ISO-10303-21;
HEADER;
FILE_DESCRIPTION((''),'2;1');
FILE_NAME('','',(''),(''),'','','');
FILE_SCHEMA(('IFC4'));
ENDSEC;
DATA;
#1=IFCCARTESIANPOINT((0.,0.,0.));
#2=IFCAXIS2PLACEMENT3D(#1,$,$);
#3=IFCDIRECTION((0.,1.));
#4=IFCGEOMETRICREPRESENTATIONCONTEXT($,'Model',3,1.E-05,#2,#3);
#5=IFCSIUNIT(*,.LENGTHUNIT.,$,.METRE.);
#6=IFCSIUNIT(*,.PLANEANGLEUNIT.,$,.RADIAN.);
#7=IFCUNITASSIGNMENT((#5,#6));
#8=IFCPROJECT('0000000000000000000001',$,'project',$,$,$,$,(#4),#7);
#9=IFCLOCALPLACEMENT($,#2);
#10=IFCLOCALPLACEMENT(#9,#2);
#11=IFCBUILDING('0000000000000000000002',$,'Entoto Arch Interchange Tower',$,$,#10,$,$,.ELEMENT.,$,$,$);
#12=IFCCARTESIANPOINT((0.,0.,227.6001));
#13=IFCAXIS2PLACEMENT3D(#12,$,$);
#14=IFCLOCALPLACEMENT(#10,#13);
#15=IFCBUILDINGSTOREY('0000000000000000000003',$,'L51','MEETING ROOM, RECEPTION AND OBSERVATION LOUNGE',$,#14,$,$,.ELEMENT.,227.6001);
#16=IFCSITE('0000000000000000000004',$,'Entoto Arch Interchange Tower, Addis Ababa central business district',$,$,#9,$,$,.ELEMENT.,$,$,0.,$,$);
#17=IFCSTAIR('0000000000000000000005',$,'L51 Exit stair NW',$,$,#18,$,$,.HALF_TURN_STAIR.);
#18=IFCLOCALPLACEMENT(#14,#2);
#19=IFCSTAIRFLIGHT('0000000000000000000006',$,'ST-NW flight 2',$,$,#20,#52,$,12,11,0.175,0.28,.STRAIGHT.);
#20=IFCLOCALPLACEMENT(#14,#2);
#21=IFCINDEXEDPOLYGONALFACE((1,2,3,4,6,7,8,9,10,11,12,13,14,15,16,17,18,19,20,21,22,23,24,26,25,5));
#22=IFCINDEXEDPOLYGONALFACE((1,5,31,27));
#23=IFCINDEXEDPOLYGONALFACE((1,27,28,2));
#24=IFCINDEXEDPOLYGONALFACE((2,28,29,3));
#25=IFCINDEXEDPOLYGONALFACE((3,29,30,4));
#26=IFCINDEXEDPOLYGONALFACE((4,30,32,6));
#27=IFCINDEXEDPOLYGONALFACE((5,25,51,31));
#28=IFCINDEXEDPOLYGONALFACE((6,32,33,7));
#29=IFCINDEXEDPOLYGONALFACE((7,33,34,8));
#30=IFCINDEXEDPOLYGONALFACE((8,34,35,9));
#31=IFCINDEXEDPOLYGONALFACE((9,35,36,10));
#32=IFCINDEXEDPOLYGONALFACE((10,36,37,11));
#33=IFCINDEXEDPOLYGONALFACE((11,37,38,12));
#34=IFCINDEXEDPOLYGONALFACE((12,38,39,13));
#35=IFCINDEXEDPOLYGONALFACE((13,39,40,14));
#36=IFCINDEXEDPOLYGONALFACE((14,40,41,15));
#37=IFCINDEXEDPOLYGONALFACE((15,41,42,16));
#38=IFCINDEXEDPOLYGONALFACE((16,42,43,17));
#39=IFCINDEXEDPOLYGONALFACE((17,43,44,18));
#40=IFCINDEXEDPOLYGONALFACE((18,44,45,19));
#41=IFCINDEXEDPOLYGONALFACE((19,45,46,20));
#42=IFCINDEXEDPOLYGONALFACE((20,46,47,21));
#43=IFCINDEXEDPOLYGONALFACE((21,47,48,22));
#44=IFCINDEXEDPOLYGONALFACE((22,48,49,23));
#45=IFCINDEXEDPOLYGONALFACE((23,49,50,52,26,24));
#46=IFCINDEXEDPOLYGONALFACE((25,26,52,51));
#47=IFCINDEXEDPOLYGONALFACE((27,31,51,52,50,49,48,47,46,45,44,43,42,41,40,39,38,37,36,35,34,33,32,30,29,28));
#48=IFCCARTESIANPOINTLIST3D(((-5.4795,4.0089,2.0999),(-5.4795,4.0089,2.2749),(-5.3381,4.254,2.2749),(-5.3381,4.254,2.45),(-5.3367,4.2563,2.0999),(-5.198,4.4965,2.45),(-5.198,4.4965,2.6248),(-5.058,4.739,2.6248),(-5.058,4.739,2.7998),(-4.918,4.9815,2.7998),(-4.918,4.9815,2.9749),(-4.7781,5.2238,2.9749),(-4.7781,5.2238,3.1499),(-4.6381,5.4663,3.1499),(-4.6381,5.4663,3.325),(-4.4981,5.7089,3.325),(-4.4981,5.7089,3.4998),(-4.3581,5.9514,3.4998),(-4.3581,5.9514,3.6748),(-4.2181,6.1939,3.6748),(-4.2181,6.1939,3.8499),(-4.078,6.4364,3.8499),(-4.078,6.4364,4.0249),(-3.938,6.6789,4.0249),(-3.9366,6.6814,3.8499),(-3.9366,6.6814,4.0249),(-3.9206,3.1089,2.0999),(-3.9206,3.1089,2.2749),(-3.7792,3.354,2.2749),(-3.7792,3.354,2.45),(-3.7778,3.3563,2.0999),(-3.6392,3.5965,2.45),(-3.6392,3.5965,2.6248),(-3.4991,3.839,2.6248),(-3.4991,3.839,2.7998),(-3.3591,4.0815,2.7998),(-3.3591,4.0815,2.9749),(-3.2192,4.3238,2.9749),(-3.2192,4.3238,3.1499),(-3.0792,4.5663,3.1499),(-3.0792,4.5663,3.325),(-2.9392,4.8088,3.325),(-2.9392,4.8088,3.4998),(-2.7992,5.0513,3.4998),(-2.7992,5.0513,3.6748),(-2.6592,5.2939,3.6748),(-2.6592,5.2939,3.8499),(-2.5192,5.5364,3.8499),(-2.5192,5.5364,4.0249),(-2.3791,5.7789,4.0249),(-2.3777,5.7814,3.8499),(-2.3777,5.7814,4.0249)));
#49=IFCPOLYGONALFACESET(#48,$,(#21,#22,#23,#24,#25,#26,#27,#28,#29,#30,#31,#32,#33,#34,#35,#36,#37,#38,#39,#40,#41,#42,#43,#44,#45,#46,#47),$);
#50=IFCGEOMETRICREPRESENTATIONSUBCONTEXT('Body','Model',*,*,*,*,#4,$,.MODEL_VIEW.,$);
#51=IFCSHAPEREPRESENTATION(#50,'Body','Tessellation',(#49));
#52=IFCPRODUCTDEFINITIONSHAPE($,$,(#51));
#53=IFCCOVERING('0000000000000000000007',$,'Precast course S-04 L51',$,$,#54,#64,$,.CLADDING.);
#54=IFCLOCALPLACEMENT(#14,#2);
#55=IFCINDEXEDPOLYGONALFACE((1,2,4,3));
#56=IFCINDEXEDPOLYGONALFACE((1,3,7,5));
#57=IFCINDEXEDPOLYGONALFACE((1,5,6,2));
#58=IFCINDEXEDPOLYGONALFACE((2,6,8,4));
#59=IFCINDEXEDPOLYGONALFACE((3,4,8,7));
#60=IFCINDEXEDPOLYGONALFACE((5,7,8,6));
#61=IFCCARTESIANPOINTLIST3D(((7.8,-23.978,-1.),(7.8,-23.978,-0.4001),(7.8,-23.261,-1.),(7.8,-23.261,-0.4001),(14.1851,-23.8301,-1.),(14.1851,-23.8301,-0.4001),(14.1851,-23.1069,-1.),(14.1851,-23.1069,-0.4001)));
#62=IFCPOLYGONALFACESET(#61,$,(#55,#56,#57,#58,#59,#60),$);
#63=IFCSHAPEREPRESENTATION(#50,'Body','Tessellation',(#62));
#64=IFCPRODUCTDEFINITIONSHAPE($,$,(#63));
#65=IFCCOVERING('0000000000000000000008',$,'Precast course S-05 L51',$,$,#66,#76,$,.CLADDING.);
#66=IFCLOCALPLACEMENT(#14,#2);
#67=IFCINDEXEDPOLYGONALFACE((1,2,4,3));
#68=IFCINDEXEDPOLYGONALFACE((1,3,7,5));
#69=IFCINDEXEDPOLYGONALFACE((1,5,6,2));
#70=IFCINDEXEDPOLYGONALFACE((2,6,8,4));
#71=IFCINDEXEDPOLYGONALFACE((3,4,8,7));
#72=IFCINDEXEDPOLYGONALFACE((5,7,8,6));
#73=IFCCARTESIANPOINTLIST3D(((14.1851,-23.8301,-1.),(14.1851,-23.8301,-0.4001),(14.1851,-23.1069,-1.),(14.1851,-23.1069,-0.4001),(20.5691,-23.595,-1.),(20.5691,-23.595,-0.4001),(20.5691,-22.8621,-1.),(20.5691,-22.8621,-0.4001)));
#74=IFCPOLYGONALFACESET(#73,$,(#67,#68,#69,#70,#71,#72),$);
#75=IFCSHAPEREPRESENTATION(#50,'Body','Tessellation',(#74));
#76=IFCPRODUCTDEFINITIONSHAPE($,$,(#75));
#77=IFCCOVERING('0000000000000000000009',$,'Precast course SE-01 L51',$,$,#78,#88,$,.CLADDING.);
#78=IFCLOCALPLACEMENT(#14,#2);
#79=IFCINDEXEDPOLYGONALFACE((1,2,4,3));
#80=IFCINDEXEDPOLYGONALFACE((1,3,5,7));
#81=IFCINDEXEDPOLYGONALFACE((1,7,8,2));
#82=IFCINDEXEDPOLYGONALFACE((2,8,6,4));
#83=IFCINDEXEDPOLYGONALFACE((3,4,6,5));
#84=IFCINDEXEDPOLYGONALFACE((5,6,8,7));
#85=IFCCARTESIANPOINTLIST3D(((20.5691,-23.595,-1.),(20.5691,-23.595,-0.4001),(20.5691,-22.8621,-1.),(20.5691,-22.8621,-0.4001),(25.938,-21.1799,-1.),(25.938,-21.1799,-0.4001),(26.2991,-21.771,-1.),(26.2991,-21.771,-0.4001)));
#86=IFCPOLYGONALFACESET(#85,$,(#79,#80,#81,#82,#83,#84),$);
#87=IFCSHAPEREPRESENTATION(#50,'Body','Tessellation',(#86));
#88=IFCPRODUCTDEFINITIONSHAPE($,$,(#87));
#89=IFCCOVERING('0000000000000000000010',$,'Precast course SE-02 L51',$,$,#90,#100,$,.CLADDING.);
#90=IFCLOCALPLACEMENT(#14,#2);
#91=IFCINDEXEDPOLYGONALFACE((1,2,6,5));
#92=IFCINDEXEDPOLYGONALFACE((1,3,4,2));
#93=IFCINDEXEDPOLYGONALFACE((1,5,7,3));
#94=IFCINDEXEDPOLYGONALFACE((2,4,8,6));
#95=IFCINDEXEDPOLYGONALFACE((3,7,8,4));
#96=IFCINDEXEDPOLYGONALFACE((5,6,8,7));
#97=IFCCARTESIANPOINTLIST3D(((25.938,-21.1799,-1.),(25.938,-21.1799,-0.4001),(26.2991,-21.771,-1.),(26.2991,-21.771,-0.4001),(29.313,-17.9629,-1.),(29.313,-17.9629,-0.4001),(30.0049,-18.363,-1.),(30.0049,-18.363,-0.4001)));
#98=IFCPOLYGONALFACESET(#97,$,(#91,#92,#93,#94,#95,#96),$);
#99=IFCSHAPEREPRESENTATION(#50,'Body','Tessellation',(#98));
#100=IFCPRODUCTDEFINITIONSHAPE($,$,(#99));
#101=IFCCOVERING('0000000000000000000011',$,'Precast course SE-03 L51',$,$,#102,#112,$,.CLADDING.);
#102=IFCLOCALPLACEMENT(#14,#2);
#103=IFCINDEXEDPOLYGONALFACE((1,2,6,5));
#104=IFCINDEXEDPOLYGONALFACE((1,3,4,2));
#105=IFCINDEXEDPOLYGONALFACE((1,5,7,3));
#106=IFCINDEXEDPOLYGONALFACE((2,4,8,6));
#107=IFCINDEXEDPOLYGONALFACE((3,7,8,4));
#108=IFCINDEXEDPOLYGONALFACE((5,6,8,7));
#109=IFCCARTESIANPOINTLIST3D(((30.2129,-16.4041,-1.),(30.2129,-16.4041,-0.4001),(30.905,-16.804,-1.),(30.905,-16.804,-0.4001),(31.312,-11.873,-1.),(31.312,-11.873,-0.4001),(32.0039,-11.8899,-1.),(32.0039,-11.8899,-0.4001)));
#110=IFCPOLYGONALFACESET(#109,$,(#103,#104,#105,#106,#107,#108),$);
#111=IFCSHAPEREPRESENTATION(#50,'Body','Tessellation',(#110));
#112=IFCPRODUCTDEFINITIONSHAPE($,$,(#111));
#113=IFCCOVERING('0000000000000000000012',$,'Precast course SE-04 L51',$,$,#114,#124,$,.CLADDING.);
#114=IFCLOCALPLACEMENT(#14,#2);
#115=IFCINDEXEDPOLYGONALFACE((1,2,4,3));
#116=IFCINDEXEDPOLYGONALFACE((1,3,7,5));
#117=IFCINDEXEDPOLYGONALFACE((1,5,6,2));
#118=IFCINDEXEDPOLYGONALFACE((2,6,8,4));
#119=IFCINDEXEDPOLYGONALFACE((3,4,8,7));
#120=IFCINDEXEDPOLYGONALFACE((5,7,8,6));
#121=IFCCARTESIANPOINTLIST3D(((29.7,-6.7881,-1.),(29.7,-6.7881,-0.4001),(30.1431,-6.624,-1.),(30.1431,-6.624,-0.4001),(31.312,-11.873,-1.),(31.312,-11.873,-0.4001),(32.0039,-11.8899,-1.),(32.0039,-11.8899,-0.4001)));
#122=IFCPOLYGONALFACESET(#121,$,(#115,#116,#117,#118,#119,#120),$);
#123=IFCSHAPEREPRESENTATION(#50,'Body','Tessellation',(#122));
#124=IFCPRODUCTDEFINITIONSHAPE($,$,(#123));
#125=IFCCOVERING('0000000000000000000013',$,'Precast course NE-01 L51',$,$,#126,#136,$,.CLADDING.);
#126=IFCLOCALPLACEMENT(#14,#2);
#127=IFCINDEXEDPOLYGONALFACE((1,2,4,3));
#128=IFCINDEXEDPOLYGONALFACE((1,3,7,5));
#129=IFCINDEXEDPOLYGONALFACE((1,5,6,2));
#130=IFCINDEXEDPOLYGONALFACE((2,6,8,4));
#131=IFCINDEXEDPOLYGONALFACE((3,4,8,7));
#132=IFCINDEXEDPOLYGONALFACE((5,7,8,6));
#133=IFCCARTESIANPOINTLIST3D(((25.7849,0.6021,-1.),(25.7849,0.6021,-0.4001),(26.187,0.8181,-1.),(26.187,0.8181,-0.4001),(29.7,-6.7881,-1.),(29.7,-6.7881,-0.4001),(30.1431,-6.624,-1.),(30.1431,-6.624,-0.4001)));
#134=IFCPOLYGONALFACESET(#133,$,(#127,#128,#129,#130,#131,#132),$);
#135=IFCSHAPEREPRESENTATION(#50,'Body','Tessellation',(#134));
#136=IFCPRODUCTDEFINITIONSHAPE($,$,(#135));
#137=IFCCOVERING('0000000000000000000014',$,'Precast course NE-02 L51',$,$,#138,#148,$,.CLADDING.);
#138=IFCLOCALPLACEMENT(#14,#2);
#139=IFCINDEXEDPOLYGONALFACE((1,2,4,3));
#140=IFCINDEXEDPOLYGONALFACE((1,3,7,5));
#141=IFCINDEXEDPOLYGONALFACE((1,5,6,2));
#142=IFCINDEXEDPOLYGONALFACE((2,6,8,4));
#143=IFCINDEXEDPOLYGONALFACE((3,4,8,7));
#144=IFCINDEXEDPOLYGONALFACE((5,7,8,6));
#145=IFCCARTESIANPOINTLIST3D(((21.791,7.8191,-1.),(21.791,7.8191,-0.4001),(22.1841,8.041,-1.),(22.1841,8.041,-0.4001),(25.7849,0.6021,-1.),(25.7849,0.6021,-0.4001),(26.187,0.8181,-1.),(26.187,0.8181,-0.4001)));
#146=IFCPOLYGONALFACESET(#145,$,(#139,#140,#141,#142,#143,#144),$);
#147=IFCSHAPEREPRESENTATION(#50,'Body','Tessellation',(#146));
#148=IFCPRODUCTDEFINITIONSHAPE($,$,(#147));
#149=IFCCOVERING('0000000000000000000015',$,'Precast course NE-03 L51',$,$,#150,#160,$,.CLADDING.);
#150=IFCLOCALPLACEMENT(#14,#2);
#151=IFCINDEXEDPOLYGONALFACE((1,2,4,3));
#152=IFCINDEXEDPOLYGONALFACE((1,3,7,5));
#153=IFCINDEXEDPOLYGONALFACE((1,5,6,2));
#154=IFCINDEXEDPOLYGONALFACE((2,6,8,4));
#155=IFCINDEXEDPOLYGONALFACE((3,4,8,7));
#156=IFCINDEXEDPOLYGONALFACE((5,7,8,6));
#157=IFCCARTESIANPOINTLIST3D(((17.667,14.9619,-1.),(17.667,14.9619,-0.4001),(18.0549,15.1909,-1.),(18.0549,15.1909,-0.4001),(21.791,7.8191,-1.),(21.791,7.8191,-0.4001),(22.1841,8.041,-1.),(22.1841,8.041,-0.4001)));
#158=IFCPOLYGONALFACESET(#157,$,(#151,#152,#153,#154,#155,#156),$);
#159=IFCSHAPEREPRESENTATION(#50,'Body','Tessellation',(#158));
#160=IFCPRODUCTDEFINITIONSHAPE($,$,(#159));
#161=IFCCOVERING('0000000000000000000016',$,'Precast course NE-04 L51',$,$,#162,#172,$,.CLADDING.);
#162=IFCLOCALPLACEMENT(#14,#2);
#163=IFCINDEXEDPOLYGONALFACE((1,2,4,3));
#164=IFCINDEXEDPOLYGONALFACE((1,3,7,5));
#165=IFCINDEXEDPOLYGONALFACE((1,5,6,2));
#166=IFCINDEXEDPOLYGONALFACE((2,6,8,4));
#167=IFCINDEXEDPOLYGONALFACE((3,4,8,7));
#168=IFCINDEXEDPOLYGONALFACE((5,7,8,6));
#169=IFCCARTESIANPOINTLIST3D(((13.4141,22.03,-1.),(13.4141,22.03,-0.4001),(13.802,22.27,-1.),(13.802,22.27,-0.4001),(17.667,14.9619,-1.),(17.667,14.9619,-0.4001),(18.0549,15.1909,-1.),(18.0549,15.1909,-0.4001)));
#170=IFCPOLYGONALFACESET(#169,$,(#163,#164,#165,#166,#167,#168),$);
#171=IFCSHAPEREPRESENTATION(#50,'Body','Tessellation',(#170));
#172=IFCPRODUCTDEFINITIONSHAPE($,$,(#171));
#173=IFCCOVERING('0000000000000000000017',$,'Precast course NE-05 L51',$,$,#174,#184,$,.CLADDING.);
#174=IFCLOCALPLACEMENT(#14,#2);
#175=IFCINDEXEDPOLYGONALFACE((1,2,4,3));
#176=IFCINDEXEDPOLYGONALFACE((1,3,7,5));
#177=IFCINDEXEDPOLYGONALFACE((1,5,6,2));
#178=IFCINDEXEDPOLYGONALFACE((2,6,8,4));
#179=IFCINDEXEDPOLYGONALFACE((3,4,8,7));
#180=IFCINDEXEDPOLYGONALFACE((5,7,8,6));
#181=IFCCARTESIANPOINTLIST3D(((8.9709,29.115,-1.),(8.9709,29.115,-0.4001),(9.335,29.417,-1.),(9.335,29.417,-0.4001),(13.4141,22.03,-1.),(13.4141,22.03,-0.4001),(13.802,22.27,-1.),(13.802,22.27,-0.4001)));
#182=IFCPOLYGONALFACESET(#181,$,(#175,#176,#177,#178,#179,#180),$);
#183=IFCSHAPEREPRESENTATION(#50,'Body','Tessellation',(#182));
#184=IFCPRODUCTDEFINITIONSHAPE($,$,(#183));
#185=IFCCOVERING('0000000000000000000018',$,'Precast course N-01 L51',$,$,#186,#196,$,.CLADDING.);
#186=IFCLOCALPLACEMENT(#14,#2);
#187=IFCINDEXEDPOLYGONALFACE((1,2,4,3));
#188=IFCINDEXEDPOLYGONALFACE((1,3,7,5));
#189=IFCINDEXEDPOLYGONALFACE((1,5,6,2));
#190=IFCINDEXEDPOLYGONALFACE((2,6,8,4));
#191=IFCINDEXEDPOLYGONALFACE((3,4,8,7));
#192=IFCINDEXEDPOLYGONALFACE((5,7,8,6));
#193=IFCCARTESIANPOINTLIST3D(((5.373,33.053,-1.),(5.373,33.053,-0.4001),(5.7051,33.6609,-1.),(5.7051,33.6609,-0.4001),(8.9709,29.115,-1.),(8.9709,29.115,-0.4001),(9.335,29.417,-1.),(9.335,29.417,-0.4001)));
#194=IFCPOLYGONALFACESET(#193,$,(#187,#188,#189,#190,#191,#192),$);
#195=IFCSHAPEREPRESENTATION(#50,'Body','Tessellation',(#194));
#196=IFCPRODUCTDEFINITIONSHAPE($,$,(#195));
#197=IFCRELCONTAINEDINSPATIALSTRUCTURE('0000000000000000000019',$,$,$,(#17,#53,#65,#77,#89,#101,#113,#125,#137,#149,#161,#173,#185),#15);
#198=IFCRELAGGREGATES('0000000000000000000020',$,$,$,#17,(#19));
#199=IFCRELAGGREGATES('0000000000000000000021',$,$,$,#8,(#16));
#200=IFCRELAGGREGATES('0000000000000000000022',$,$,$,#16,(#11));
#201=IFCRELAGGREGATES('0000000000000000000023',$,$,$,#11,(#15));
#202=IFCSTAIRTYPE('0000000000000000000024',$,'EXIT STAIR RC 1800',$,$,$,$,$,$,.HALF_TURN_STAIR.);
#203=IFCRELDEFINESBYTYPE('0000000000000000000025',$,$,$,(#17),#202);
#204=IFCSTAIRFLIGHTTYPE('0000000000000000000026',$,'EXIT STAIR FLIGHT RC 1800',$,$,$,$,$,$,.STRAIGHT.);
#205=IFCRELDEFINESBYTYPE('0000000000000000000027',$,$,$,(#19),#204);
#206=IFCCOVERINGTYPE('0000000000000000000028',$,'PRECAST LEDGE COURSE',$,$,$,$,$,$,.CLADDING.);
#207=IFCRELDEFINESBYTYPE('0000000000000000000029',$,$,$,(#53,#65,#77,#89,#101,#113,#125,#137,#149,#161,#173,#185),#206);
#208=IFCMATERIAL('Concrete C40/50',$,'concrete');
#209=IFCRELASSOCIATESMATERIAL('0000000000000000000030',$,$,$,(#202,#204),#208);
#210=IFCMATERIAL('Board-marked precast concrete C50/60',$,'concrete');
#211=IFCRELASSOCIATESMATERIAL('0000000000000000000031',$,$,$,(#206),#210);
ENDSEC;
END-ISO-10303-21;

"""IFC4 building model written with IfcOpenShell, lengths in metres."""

from ifc_helpers import new_model, si_unit, direction, frame, origin, place, context, subcontext, project, spatial, polyline, outline, extrude, material, type_object, element, aggregate, save


model = new_model("IFC4")

# Units and contexts
model_context = context("Model", 3, precision=1e-05, world=origin(), true_north=direction((0.0, 1.0)))
body_context = subcontext(model_context, "Body", "Model", "MODEL_VIEW")
ifc_project = project(units=[si_unit("LENGTHUNIT", "METRE"), si_unit("PLANEANGLEUNIT", "RADIAN")], contexts=[model_context])

# Site, building, storey
site_placement = place(None, origin())
site = spatial("IfcSite", under=ifc_project, at=site_placement, Name="Entoto Arch Interchange Tower, Addis Ababa central business district", CompositionType="ELEMENT", RefElevation=0.0)
building_placement = place(site_placement, origin())
building = spatial("IfcBuilding", under=site, at=building_placement, Name="Entoto Arch Interchange Tower", CompositionType="ELEMENT")
storey_placement = place(building_placement, frame((0.0, 0.0, 227.6001)))
storey = spatial("IfcBuildingStorey", under=building, at=storey_placement, Name="L51", Description="MEETING ROOM, RECEPTION AND OBSERVATION LOUNGE", CompositionType="ELEMENT", Elevation=227.6001)

# Shared definitions
ifc_material_1 = material(Name="Concrete C40/50", Category="concrete")

# Stair, stair flight
stair_type = type_object("IfcStairType", Name="EXIT STAIR RC 1800", PredefinedType="HALF_TURN_STAIR", material=ifc_material_1)
stair_placement = place(storey_placement, origin())
stair = element("IfcStair", 1, at=stair_placement, inside=storey, type_object=stair_type, Name="L51 Exit stair NW", PredefinedType="HALF_TURN_STAIR")
stair_flight_type = type_object("IfcStairFlightType", Name="EXIT STAIR FLIGHT RC 1800", PredefinedType="STRAIGHT", material=ifc_material_1)
stair_flight_1_placement = place(storey_placement, frame((-4.6987, 3.5615, 2.0999), z_axis=(0.0, 0.0, 1.0), x_axis=(0.5, 0.866025, 0.0)))
stair_flight_1 = element("IfcStairFlight", 2, at=stair_flight_1_placement, type_object=stair_flight_type, Name="ST-NW flight 2", NumberOfRisers=12, NumberOfTreads=11, PredefinedType="STRAIGHT", RiserHeight=0.175, TreadLength=0.28, context=body_context, shape_type="SweptSolid", body=[
    extrude(outline(polyline([(-0.0029, 0.0), (-0.0029, 0.175), (0.28, 0.175), (0.28, 0.3501), (0.5601, 0.3501), (0.5601, 0.5249), (0.8401, 0.5249), (0.8401, 0.7), (1.1201, 0.7), (1.1201, 0.875), (1.3999, 0.875), (1.3999, 1.05), (1.6799, 1.05), (1.6799, 1.2251), (1.96, 1.2251), (1.96, 1.3999), (2.24, 1.3999), (2.24, 1.575), (2.52, 1.575), (2.52, 1.75), (2.8, 1.75), (2.8, 1.925), (3.0801, 1.925), (3.083, 1.925), (3.083, 1.75), (0.2827, 0.0), (-0.0029, 0.0)])), frame((0.0, 0.8999, 0.0), z_axis=(0.0, -1.0, 0.0), x_axis=(1.0, 0.0, 0.0)), (0.0, 0.0, 1.0), 1.8),
])
aggregate(stair, [stair_flight_1])

# Coverings
ifc_material_2 = material(Name="Board-marked precast concrete C50/60", Category="concrete")
covering_type = type_object("IfcCoveringType", Name="PRECAST LEDGE COURSE", PredefinedType="CLADDING", material=ifc_material_2)
covering_1_placement = place(storey_placement, frame((0.0, 0.0, -1.0)))
element("IfcCovering", 3, at=covering_1_placement, inside=storey, type_object=covering_type, Name="Precast course S-04 L51", PredefinedType="CLADDING", context=body_context, shape_type="SweptSolid", body=[
    extrude(outline(polyline([(14.1851, -23.1069), (14.1851, -23.8301), (7.8, -23.978), (7.8, -23.261), (14.1851, -23.1069)])), origin(), (0.0, 0.0, 1.0), 0.5999),
])
covering_2_placement = place(storey_placement, frame((0.0, 0.0, -1.0)))
element("IfcCovering", 4, at=covering_2_placement, inside=storey, type_object=covering_type, Name="Precast course S-05 L51", PredefinedType="CLADDING", context=body_context, shape_type="SweptSolid", body=[
    extrude(outline(polyline([(20.5691, -22.8621), (20.5691, -23.595), (14.1851, -23.8301), (14.1851, -23.1069), (20.5691, -22.8621)])), origin(), (0.0, 0.0, 1.0), 0.5999),
])
covering_3_placement = place(storey_placement, frame((0.0, 0.0, -1.0)))
element("IfcCovering", 5, at=covering_3_placement, inside=storey, type_object=covering_type, Name="Precast course SE-01 L51", PredefinedType="CLADDING", context=body_context, shape_type="SweptSolid", body=[
    extrude(outline(polyline([(25.938, -21.1799), (26.2991, -21.771), (20.5691, -23.595), (20.5691, -22.8621), (25.938, -21.1799)])), origin(), (0.0, 0.0, 1.0), 0.5999),
])
covering_4_placement = place(storey_placement, frame((0.0, 0.0, -1.0)))
element("IfcCovering", 6, at=covering_4_placement, inside=storey, type_object=covering_type, Name="Precast course SE-02 L51", PredefinedType="CLADDING", context=body_context, shape_type="SweptSolid", body=[
    extrude(outline(polyline([(29.313, -17.9629), (30.0049, -18.363), (26.2991, -21.771), (25.938, -21.1799), (29.313, -17.9629)])), origin(), (0.0, 0.0, 1.0), 0.5999),
])
covering_5_placement = place(storey_placement, frame((0.0, 0.0, -1.0)))
element("IfcCovering", 7, at=covering_5_placement, inside=storey, type_object=covering_type, Name="Precast course SE-03 L51", PredefinedType="CLADDING", context=body_context, shape_type="SweptSolid", body=[
    extrude(outline(polyline([(31.312, -11.873), (32.0039, -11.8899), (30.905, -16.804), (30.2129, -16.4041), (31.312, -11.873)])), origin(), (0.0, 0.0, 1.0), 0.5999),
])
covering_6_placement = place(storey_placement, frame((0.0, 0.0, -1.0)))
element("IfcCovering", 8, at=covering_6_placement, inside=storey, type_object=covering_type, Name="Precast course SE-04 L51", PredefinedType="CLADDING", context=body_context, shape_type="SweptSolid", body=[
    extrude(outline(polyline([(29.7, -6.7881), (30.1431, -6.624), (32.0039, -11.8899), (31.312, -11.873), (29.7, -6.7881)])), origin(), (0.0, 0.0, 1.0), 0.5999),
])
covering_7_placement = place(storey_placement, frame((0.0, 0.0, -1.0)))
element("IfcCovering", 9, at=covering_7_placement, inside=storey, type_object=covering_type, Name="Precast course NE-01 L51", PredefinedType="CLADDING", context=body_context, shape_type="SweptSolid", body=[
    extrude(outline(polyline([(25.7849, 0.6021), (26.187, 0.8181), (30.1431, -6.624), (29.7, -6.7881), (25.7849, 0.6021)])), origin(), (0.0, 0.0, 1.0), 0.5999),
])
covering_8_placement = place(storey_placement, frame((0.0, 0.0, -1.0)))
element("IfcCovering", 10, at=covering_8_placement, inside=storey, type_object=covering_type, Name="Precast course NE-02 L51", PredefinedType="CLADDING", context=body_context, shape_type="SweptSolid", body=[
    extrude(outline(polyline([(21.791, 7.8191), (22.1841, 8.041), (26.187, 0.8181), (25.7849, 0.6021), (21.791, 7.8191)])), origin(), (0.0, 0.0, 1.0), 0.5999),
])
covering_9_placement = place(storey_placement, frame((0.0, 0.0, -1.0)))
element("IfcCovering", 11, at=covering_9_placement, inside=storey, type_object=covering_type, Name="Precast course NE-03 L51", PredefinedType="CLADDING", context=body_context, shape_type="SweptSolid", body=[
    extrude(outline(polyline([(17.667, 14.9619), (18.0549, 15.1909), (22.1841, 8.041), (21.791, 7.8191), (17.667, 14.9619)])), origin(), (0.0, 0.0, 1.0), 0.5999),
])
covering_10_placement = place(storey_placement, frame((0.0, 0.0, -1.0)))
element("IfcCovering", 12, at=covering_10_placement, inside=storey, type_object=covering_type, Name="Precast course NE-04 L51", PredefinedType="CLADDING", context=body_context, shape_type="SweptSolid", body=[
    extrude(outline(polyline([(13.4141, 22.03), (13.802, 22.27), (18.0549, 15.1909), (17.667, 14.9619), (13.4141, 22.03)])), origin(), (0.0, 0.0, 1.0), 0.5999),
])
covering_11_placement = place(storey_placement, frame((0.0, 0.0, -1.0)))
element("IfcCovering", 13, at=covering_11_placement, inside=storey, type_object=covering_type, Name="Precast course NE-05 L51", PredefinedType="CLADDING", context=body_context, shape_type="SweptSolid", body=[
    extrude(outline(polyline([(8.9709, 29.115), (9.335, 29.417), (13.802, 22.27), (13.4141, 22.03), (8.9709, 29.115)])), origin(), (0.0, 0.0, 1.0), 0.5999),
])
covering_12_placement = place(storey_placement, frame((0.0, 0.0, -1.0)))
element("IfcCovering", 14, at=covering_12_placement, inside=storey, type_object=covering_type, Name="Precast course N-01 L51", PredefinedType="CLADDING", context=body_context, shape_type="SweptSolid", body=[
    extrude(outline(polyline([(5.373, 33.053), (5.7051, 33.6609), (9.335, 29.417), (8.9709, 29.115), (5.373, 33.053)])), origin(), (0.0, 0.0, 1.0), 0.5999),
])

save(model, "model.ifc")
